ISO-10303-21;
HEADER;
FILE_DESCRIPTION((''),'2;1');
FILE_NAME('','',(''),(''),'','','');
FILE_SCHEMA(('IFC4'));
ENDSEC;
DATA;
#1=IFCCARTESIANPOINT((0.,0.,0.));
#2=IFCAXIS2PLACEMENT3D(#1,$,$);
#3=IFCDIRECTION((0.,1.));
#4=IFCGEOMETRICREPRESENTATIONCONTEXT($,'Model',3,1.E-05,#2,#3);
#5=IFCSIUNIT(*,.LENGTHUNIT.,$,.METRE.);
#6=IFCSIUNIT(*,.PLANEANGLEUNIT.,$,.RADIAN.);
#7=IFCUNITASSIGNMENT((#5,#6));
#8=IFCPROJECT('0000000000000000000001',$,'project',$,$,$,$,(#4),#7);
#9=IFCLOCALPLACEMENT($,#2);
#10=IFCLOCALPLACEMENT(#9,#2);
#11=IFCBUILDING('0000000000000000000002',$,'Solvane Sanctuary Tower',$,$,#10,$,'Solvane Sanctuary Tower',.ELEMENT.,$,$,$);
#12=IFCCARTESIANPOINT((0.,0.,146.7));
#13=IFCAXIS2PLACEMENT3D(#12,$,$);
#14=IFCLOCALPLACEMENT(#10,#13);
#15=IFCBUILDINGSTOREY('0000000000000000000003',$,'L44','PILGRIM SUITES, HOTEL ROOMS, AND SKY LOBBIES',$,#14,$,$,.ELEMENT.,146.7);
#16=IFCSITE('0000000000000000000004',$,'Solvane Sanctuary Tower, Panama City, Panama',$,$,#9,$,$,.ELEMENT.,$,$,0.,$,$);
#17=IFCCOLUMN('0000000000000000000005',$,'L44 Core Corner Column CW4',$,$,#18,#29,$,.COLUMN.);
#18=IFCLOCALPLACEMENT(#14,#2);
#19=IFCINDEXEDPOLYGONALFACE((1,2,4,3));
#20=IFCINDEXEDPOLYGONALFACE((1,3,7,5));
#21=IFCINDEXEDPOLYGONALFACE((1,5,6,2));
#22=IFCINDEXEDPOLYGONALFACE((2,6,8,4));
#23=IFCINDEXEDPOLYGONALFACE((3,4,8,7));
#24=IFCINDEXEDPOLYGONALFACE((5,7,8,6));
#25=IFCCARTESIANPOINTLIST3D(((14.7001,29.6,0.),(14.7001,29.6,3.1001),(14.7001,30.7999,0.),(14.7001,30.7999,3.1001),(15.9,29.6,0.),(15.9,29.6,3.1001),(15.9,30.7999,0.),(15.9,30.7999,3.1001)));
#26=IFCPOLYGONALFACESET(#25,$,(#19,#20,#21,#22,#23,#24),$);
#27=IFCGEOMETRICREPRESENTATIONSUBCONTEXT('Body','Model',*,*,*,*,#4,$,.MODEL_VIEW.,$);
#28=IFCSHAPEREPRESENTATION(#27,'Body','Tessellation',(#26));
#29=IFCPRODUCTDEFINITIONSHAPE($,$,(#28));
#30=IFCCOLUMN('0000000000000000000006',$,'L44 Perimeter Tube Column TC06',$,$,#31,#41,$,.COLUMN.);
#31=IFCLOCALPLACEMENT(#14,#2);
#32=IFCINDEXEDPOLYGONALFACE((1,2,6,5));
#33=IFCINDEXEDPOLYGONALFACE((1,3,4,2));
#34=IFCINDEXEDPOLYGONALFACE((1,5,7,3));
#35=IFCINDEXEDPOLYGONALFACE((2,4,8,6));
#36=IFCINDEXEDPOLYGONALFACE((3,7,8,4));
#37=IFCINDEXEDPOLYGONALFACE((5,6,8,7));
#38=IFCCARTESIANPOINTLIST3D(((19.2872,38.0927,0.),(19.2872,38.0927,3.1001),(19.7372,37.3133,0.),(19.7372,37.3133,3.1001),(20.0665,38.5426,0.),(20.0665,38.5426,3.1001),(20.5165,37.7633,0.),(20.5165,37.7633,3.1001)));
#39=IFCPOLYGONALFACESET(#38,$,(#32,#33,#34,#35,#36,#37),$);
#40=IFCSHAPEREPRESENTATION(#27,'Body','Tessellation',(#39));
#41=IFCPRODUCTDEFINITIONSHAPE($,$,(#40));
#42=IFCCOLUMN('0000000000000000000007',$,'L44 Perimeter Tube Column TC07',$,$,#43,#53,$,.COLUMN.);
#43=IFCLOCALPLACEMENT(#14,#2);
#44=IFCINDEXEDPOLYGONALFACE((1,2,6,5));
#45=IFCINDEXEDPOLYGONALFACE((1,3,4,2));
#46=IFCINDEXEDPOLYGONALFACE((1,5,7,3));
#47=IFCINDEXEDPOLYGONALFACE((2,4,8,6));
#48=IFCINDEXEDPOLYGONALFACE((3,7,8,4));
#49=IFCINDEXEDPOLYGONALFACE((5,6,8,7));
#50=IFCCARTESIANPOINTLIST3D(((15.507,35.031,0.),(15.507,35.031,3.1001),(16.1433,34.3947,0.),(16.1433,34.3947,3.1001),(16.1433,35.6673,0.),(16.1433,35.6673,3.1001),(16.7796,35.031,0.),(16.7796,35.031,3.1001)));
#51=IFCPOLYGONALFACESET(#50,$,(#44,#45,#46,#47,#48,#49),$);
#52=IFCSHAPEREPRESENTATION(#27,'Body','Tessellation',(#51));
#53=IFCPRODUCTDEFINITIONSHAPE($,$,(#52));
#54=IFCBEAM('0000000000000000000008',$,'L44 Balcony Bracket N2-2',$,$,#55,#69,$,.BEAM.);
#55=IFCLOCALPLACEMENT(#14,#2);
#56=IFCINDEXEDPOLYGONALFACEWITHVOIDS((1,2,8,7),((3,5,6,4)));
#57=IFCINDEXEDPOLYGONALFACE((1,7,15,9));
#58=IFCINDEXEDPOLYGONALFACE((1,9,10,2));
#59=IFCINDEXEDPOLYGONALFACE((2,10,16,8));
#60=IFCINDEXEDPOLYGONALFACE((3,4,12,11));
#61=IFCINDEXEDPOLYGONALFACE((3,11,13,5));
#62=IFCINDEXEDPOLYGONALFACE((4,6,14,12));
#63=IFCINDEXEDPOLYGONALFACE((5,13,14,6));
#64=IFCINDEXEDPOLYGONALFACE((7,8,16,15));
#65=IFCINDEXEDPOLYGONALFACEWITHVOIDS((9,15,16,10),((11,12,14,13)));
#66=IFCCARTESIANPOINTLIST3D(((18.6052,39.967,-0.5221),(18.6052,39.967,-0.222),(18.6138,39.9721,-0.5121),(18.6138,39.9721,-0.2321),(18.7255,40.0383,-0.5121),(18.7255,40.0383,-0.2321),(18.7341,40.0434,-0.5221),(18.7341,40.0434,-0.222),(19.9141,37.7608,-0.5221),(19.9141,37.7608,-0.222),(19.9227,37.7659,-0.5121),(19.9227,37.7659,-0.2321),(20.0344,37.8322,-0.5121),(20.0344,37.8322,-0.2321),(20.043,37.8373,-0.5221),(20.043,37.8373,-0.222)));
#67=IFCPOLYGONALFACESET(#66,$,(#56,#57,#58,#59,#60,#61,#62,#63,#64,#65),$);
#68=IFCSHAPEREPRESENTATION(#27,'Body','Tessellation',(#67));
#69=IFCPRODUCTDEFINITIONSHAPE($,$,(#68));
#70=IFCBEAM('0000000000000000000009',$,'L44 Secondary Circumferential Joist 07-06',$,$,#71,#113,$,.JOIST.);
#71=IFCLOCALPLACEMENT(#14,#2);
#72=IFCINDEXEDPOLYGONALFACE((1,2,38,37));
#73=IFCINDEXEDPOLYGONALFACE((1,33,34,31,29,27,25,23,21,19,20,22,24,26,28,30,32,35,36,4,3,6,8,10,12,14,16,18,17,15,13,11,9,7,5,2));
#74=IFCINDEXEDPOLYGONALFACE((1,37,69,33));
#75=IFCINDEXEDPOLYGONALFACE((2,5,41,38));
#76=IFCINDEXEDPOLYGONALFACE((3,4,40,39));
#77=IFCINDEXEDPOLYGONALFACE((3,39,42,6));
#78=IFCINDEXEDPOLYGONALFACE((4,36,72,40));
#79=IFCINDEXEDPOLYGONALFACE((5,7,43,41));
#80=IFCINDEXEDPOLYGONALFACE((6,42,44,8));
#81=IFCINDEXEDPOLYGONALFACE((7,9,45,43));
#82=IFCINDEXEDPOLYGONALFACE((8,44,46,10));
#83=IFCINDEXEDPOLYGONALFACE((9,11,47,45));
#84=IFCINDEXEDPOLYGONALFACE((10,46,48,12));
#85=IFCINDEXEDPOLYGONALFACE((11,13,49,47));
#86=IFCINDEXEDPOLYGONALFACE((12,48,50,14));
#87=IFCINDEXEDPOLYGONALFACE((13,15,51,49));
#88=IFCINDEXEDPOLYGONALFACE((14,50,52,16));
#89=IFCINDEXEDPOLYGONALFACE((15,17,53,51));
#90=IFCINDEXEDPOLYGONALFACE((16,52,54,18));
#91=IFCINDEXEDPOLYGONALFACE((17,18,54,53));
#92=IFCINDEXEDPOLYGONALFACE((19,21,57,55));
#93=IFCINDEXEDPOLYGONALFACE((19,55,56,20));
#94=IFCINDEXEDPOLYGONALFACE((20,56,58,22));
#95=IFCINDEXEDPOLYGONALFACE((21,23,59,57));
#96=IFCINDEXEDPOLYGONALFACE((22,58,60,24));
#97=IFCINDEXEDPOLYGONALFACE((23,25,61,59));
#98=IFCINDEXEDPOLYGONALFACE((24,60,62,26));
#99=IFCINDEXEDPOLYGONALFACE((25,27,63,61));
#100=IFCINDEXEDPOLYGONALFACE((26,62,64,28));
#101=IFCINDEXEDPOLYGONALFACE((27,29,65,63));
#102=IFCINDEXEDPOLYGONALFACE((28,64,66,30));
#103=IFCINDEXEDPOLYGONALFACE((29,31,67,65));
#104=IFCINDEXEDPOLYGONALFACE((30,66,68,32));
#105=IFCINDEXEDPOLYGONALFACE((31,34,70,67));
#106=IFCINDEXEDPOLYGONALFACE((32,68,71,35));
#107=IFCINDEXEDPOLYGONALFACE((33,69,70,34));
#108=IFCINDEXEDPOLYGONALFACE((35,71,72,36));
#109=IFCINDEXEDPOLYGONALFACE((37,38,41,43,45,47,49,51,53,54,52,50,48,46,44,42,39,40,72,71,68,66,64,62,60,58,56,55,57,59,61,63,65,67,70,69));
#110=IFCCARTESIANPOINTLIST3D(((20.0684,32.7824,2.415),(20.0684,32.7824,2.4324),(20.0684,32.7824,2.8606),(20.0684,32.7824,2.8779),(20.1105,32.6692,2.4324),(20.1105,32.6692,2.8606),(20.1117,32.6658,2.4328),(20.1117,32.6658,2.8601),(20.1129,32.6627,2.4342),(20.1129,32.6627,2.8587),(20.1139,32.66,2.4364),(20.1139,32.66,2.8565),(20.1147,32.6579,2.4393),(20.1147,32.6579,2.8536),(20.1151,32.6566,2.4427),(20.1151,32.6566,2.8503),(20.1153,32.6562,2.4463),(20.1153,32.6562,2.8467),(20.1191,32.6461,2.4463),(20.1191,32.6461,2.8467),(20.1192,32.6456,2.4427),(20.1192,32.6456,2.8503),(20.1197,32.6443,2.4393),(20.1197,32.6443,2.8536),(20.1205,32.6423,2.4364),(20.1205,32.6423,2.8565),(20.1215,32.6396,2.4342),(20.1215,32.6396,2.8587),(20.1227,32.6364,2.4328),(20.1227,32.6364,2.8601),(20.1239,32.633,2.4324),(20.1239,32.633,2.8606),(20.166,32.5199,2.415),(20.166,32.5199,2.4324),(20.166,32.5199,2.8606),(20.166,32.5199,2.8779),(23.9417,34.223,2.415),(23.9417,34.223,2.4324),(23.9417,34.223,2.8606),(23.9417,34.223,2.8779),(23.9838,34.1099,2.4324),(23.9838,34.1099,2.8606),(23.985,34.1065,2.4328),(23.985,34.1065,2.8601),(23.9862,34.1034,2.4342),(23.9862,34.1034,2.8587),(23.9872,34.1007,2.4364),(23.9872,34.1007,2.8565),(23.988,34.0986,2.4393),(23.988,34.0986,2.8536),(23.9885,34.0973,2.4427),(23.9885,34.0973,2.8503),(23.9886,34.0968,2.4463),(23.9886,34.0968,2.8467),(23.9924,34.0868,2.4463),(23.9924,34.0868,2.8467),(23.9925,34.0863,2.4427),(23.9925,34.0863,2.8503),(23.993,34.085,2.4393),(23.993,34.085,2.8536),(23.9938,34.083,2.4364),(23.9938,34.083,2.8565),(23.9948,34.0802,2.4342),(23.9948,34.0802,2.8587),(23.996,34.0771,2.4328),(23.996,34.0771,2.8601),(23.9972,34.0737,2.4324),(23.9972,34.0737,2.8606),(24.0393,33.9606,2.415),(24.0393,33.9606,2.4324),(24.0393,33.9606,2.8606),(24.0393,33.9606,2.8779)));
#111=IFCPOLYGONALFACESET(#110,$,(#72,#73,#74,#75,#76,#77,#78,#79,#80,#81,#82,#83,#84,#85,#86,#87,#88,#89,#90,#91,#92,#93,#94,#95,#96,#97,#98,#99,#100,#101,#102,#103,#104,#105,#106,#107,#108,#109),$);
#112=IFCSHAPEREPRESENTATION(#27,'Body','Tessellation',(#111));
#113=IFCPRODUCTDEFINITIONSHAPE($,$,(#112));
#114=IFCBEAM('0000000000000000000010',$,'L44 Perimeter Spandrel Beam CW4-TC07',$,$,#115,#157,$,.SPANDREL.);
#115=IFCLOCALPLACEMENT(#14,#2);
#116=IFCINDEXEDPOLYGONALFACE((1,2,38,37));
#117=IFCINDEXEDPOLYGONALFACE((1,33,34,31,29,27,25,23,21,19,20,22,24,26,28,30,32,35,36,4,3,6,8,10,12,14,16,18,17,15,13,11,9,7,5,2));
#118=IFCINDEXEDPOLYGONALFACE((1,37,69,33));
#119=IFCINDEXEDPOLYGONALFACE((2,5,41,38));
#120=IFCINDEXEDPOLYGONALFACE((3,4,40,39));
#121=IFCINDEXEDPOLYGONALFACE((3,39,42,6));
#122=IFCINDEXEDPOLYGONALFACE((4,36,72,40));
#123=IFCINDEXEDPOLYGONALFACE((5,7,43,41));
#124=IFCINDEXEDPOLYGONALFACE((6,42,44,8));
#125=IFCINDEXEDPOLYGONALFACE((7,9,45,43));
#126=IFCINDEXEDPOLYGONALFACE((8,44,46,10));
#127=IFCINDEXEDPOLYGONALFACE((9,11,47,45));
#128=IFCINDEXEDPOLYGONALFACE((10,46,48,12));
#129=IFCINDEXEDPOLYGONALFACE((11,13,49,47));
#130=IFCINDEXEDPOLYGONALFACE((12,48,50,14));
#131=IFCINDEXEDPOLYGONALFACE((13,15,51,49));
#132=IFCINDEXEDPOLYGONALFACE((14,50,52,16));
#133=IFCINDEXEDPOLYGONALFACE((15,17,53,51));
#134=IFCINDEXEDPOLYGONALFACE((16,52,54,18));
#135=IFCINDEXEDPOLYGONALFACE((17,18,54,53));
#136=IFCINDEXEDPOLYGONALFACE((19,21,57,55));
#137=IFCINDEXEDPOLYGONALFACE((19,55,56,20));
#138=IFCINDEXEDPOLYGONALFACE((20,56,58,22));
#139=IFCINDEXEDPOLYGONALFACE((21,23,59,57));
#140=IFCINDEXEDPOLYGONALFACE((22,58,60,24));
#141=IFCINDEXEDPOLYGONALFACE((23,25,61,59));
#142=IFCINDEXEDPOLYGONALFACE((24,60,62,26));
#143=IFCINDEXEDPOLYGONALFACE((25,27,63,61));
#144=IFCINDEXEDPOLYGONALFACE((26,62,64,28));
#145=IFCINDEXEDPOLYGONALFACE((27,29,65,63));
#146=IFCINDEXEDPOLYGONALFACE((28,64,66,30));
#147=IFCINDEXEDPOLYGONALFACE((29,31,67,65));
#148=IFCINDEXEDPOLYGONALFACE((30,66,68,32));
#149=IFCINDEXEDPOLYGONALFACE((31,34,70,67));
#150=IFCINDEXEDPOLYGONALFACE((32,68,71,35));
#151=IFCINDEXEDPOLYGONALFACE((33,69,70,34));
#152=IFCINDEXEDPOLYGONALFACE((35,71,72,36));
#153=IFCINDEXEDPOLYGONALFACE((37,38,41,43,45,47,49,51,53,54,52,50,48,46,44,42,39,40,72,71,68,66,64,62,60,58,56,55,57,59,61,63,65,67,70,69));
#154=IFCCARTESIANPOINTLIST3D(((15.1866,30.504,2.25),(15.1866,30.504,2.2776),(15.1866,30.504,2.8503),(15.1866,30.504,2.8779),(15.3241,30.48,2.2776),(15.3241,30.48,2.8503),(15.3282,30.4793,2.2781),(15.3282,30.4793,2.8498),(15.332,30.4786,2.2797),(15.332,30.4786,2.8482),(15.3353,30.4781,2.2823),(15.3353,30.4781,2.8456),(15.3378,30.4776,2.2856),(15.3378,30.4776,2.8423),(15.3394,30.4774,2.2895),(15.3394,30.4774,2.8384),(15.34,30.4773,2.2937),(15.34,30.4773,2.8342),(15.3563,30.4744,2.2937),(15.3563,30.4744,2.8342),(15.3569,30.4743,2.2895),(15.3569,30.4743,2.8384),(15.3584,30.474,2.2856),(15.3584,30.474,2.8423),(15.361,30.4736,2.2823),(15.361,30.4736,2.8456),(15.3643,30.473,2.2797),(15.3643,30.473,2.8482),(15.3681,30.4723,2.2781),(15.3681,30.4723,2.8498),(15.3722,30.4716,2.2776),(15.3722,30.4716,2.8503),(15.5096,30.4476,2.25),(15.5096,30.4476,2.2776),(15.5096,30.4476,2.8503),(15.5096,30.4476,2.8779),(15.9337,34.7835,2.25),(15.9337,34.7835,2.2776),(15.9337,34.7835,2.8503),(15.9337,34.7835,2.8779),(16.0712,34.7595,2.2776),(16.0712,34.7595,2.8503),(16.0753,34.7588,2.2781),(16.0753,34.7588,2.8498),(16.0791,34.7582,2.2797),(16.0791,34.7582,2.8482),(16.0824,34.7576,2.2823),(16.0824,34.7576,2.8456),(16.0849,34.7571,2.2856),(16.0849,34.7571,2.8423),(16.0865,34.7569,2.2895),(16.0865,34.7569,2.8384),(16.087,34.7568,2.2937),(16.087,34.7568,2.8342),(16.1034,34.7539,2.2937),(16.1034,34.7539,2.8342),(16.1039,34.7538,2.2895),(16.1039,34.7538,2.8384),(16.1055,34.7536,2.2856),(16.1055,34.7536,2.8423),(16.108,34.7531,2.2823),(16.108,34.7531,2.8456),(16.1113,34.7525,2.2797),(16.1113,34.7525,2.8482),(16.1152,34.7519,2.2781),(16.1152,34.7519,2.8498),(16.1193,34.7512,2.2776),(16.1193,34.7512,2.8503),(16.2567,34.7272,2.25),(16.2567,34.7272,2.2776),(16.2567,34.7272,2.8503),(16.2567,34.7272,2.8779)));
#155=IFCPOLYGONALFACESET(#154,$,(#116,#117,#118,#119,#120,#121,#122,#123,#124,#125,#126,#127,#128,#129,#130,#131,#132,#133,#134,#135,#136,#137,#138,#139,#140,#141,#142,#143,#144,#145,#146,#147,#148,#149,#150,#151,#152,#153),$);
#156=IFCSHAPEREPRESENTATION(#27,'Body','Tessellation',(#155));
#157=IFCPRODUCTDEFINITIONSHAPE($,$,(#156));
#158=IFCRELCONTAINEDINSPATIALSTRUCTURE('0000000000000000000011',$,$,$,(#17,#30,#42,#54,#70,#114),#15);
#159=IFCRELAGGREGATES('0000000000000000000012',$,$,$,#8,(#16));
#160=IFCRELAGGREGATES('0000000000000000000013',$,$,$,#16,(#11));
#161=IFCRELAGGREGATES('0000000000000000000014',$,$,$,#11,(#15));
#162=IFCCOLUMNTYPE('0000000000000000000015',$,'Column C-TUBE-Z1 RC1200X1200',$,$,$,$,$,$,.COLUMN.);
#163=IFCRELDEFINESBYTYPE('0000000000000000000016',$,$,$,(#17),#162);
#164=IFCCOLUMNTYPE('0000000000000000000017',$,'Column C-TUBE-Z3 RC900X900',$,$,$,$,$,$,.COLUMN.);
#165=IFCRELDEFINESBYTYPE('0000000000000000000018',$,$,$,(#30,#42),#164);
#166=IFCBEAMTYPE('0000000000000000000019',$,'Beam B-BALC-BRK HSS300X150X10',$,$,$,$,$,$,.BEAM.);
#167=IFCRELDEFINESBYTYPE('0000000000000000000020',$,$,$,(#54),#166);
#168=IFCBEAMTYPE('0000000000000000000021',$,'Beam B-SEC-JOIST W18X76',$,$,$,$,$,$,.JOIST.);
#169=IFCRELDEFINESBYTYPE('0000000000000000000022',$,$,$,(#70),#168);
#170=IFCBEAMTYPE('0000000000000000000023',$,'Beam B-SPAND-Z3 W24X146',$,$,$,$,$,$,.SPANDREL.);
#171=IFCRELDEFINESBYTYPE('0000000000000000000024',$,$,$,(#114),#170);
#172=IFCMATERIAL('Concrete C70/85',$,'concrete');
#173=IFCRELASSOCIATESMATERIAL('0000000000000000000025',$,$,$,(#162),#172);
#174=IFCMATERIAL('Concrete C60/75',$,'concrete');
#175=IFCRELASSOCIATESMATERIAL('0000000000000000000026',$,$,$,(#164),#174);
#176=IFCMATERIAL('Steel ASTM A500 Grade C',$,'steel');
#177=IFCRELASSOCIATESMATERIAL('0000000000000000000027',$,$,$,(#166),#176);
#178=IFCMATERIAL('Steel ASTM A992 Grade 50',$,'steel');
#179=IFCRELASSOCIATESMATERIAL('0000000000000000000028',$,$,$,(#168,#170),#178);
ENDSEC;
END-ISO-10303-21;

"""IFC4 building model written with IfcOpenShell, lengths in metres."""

from ifc_helpers import new_model, si_unit, direction, frame, origin, origin_2d, place, context, subcontext, project, spatial, rectangle, hollow_rectangle, i_section, extrude, material, material_profile, profile_set, type_object, element, save


model = new_model("IFC4")

# Units and contexts
model_context = context("Model", 3, precision=1e-05, world=origin(), true_north=direction((0.0, 1.0)))
body_context = subcontext(model_context, "Body", "Model", "MODEL_VIEW")
ifc_project = project(units=[si_unit("LENGTHUNIT", "METRE"), si_unit("PLANEANGLEUNIT", "RADIAN")], contexts=[model_context])

# Site, building, storey
site_placement = place(None, origin())
site = spatial("IfcSite", under=ifc_project, at=site_placement, Name="Solvane Sanctuary Tower, Panama City, Panama", CompositionType="ELEMENT", RefElevation=0.0)
building_placement = place(site_placement, origin())
building = spatial("IfcBuilding", under=site, at=building_placement, Name="Solvane Sanctuary Tower", LongName="Solvane Sanctuary Tower", CompositionType="ELEMENT")
storey_placement = place(building_placement, frame((0.0, 0.0, 146.7)))
storey = spatial("IfcBuildingStorey", under=building, at=storey_placement, Name="L44", Description="PILGRIM SUITES, HOTEL ROOMS, AND SKY LOBBIES", CompositionType="ELEMENT", Elevation=146.7)

# Columns
ifc_material_1 = material(Name="Concrete C70/85", Category="concrete")
ifc_material_profile_1 = material_profile(ifc_material_1, rectangle(XDim=1.2, YDim=1.2, at=origin_2d()), Name="RC1200X1200")
ifc_profile_set_1 = profile_set([ifc_material_profile_1], Name="Concrete C70/85")
column_type_1 = type_object("IfcColumnType", Name="Column C-TUBE-Z1 RC1200X1200", PredefinedType="COLUMN", material=ifc_profile_set_1)
column_placement = place(storey_placement, frame((15.3, 30.2, 0.0), z_axis=(0.0, 0.0, 1.0), x_axis=(1.0, 0.0, 0.0)))
element("IfcColumn", 1, at=column_placement, inside=storey, type_object=column_type_1, Name="L44 Core Corner Column CW4", PredefinedType="COLUMN", context=body_context, shape_type="SweptSolid", body=[
    extrude(rectangle(XDim=1.2, YDim=1.2, at=origin_2d()), origin(), (0.0, 0.0, 1.0), 3.1001),
])
ifc_material_2 = material(Name="Concrete C60/75", Category="concrete")
ifc_material_profile_2 = material_profile(ifc_material_2, rectangle(XDim=0.8999, YDim=0.8999, at=origin_2d()), Name="RC900X900")
ifc_profile_set_2 = profile_set([ifc_material_profile_2], Name="Concrete C60/75")
column_type_2 = type_object("IfcColumnType", Name="Column C-TUBE-Z3 RC900X900", PredefinedType="COLUMN", material=ifc_profile_set_2)
for number, where, z_axis, x_axis, name in (
    (2, (19.9019, 37.928, 0.0), (0.0, 0.0, 1.0), (-0.5, 0.866025, 0.0), "L44 Perimeter Tube Column TC06"),
    (3, (16.1433, 35.031, 0.0), (0.0, 0.0, 1.0), (-0.707107, 0.707107, 0.0), "L44 Perimeter Tube Column TC07"),
):
    element("IfcColumn", number, at=place(storey_placement, frame(where, z_axis=z_axis, x_axis=x_axis)), inside=storey, type_object=column_type_2, Name=name, PredefinedType="COLUMN", context=body_context, shape_type="SweptSolid", body=[
        extrude(rectangle(XDim=0.8999, YDim=0.8999, at=origin_2d()), origin(), (0.0, 0.0, 1.0), 3.1001),
    ])

# Beams
ifc_material_3 = material(Name="Steel ASTM A500 Grade C", Category="steel")
ifc_material_profile_3 = material_profile(ifc_material_3, hollow_rectangle(XDim=0.1499, YDim=0.3, WallThickness=0.01, at=origin_2d()), Name="HSS300X150X10")
ifc_profile_set_3 = profile_set([ifc_material_profile_3], Name="Steel ASTM A500 Grade C")
beam_type_1 = type_object("IfcBeamType", Name="Beam B-BALC-BRK HSS300X150X10", PredefinedType="BEAM", material=ifc_profile_set_3)
beam_1_placement = place(storey_placement, frame((19.9785, 37.7991, -0.3721), z_axis=(-0.510248, 0.860027, 0.0), x_axis=(-0.860027, -0.510248, 0.0)))
element("IfcBeam", 4, at=beam_1_placement, inside=storey, type_object=beam_type_1, Name="L44 Balcony Bracket N2-2", PredefinedType="BEAM", context=body_context, shape_type="SweptSolid", body=[
    extrude(hollow_rectangle(XDim=0.1499, YDim=0.3, WallThickness=0.01, at=origin_2d()), origin(), (0.0, 0.0, 1.0), 2.5652),
])
ifc_material_4 = material(Name="Steel ASTM A992 Grade 50", Category="steel")
ifc_material_profile_4 = material_profile(ifc_material_4, i_section(OverallWidth=0.28, OverallDepth=0.4629, WebThickness=0.0107, FlangeThickness=0.0173, FilletRadius=0.0139, at=origin_2d()), Name="W18X76")
ifc_profile_set_4 = profile_set([ifc_material_profile_4], Name="Steel ASTM A992 Grade 50")
beam_type_2 = type_object("IfcBeamType", Name="Beam B-SEC-JOIST W18X76", PredefinedType="JOIST", material=ifc_profile_set_4)
beam_2_placement = place(storey_placement, frame((20.1172, 32.6511, 2.6465), z_axis=(0.937265, 0.348617, 0.0), x_axis=(-0.348617, 0.937265, 0.0)))
element("IfcBeam", 5, at=beam_2_placement, inside=storey, type_object=beam_type_2, Name="L44 Secondary Circumferential Joist 07-06", PredefinedType="JOIST", context=body_context, shape_type="SweptSolid", body=[
    extrude(i_section(OverallWidth=0.28, OverallDepth=0.4629, WebThickness=0.0107, FlangeThickness=0.0173, FilletRadius=0.0139, at=origin_2d()), origin(), (0.0, 0.0, 1.0), 4.1326),
])
ifc_material_profile_5 = material_profile(ifc_material_4, i_section(OverallWidth=0.3279, OverallDepth=0.6279, WebThickness=0.0166, FlangeThickness=0.0276, FilletRadius=0.0161, at=origin_2d()), Name="W24X146")
ifc_profile_set_5 = profile_set([ifc_material_profile_5], Name="Steel ASTM A992 Grade 50")
beam_type_3 = type_object("IfcBeamType", Name="Beam B-SPAND-Z3 W24X146", PredefinedType="SPANDREL", material=ifc_profile_set_5)
beam_3_placement = place(storey_placement, frame((15.3481, 30.4758, 2.564), z_axis=(0.171967, 0.985103, 0.0), x_axis=(-0.985103, 0.171967, 0.0)))
element("IfcBeam", 6, at=beam_3_placement, inside=storey, type_object=beam_type_3, Name="L44 Perimeter Spandrel Beam CW4-TC07", PredefinedType="SPANDREL", context=body_context, shape_type="SweptSolid", body=[
    extrude(i_section(OverallWidth=0.3279, OverallDepth=0.6279, WebThickness=0.0166, FlangeThickness=0.0276, FilletRadius=0.0161, at=origin_2d()), origin(), (0.0, 0.0, 1.0), 4.3442),
])

save(model, "model.ifc")
